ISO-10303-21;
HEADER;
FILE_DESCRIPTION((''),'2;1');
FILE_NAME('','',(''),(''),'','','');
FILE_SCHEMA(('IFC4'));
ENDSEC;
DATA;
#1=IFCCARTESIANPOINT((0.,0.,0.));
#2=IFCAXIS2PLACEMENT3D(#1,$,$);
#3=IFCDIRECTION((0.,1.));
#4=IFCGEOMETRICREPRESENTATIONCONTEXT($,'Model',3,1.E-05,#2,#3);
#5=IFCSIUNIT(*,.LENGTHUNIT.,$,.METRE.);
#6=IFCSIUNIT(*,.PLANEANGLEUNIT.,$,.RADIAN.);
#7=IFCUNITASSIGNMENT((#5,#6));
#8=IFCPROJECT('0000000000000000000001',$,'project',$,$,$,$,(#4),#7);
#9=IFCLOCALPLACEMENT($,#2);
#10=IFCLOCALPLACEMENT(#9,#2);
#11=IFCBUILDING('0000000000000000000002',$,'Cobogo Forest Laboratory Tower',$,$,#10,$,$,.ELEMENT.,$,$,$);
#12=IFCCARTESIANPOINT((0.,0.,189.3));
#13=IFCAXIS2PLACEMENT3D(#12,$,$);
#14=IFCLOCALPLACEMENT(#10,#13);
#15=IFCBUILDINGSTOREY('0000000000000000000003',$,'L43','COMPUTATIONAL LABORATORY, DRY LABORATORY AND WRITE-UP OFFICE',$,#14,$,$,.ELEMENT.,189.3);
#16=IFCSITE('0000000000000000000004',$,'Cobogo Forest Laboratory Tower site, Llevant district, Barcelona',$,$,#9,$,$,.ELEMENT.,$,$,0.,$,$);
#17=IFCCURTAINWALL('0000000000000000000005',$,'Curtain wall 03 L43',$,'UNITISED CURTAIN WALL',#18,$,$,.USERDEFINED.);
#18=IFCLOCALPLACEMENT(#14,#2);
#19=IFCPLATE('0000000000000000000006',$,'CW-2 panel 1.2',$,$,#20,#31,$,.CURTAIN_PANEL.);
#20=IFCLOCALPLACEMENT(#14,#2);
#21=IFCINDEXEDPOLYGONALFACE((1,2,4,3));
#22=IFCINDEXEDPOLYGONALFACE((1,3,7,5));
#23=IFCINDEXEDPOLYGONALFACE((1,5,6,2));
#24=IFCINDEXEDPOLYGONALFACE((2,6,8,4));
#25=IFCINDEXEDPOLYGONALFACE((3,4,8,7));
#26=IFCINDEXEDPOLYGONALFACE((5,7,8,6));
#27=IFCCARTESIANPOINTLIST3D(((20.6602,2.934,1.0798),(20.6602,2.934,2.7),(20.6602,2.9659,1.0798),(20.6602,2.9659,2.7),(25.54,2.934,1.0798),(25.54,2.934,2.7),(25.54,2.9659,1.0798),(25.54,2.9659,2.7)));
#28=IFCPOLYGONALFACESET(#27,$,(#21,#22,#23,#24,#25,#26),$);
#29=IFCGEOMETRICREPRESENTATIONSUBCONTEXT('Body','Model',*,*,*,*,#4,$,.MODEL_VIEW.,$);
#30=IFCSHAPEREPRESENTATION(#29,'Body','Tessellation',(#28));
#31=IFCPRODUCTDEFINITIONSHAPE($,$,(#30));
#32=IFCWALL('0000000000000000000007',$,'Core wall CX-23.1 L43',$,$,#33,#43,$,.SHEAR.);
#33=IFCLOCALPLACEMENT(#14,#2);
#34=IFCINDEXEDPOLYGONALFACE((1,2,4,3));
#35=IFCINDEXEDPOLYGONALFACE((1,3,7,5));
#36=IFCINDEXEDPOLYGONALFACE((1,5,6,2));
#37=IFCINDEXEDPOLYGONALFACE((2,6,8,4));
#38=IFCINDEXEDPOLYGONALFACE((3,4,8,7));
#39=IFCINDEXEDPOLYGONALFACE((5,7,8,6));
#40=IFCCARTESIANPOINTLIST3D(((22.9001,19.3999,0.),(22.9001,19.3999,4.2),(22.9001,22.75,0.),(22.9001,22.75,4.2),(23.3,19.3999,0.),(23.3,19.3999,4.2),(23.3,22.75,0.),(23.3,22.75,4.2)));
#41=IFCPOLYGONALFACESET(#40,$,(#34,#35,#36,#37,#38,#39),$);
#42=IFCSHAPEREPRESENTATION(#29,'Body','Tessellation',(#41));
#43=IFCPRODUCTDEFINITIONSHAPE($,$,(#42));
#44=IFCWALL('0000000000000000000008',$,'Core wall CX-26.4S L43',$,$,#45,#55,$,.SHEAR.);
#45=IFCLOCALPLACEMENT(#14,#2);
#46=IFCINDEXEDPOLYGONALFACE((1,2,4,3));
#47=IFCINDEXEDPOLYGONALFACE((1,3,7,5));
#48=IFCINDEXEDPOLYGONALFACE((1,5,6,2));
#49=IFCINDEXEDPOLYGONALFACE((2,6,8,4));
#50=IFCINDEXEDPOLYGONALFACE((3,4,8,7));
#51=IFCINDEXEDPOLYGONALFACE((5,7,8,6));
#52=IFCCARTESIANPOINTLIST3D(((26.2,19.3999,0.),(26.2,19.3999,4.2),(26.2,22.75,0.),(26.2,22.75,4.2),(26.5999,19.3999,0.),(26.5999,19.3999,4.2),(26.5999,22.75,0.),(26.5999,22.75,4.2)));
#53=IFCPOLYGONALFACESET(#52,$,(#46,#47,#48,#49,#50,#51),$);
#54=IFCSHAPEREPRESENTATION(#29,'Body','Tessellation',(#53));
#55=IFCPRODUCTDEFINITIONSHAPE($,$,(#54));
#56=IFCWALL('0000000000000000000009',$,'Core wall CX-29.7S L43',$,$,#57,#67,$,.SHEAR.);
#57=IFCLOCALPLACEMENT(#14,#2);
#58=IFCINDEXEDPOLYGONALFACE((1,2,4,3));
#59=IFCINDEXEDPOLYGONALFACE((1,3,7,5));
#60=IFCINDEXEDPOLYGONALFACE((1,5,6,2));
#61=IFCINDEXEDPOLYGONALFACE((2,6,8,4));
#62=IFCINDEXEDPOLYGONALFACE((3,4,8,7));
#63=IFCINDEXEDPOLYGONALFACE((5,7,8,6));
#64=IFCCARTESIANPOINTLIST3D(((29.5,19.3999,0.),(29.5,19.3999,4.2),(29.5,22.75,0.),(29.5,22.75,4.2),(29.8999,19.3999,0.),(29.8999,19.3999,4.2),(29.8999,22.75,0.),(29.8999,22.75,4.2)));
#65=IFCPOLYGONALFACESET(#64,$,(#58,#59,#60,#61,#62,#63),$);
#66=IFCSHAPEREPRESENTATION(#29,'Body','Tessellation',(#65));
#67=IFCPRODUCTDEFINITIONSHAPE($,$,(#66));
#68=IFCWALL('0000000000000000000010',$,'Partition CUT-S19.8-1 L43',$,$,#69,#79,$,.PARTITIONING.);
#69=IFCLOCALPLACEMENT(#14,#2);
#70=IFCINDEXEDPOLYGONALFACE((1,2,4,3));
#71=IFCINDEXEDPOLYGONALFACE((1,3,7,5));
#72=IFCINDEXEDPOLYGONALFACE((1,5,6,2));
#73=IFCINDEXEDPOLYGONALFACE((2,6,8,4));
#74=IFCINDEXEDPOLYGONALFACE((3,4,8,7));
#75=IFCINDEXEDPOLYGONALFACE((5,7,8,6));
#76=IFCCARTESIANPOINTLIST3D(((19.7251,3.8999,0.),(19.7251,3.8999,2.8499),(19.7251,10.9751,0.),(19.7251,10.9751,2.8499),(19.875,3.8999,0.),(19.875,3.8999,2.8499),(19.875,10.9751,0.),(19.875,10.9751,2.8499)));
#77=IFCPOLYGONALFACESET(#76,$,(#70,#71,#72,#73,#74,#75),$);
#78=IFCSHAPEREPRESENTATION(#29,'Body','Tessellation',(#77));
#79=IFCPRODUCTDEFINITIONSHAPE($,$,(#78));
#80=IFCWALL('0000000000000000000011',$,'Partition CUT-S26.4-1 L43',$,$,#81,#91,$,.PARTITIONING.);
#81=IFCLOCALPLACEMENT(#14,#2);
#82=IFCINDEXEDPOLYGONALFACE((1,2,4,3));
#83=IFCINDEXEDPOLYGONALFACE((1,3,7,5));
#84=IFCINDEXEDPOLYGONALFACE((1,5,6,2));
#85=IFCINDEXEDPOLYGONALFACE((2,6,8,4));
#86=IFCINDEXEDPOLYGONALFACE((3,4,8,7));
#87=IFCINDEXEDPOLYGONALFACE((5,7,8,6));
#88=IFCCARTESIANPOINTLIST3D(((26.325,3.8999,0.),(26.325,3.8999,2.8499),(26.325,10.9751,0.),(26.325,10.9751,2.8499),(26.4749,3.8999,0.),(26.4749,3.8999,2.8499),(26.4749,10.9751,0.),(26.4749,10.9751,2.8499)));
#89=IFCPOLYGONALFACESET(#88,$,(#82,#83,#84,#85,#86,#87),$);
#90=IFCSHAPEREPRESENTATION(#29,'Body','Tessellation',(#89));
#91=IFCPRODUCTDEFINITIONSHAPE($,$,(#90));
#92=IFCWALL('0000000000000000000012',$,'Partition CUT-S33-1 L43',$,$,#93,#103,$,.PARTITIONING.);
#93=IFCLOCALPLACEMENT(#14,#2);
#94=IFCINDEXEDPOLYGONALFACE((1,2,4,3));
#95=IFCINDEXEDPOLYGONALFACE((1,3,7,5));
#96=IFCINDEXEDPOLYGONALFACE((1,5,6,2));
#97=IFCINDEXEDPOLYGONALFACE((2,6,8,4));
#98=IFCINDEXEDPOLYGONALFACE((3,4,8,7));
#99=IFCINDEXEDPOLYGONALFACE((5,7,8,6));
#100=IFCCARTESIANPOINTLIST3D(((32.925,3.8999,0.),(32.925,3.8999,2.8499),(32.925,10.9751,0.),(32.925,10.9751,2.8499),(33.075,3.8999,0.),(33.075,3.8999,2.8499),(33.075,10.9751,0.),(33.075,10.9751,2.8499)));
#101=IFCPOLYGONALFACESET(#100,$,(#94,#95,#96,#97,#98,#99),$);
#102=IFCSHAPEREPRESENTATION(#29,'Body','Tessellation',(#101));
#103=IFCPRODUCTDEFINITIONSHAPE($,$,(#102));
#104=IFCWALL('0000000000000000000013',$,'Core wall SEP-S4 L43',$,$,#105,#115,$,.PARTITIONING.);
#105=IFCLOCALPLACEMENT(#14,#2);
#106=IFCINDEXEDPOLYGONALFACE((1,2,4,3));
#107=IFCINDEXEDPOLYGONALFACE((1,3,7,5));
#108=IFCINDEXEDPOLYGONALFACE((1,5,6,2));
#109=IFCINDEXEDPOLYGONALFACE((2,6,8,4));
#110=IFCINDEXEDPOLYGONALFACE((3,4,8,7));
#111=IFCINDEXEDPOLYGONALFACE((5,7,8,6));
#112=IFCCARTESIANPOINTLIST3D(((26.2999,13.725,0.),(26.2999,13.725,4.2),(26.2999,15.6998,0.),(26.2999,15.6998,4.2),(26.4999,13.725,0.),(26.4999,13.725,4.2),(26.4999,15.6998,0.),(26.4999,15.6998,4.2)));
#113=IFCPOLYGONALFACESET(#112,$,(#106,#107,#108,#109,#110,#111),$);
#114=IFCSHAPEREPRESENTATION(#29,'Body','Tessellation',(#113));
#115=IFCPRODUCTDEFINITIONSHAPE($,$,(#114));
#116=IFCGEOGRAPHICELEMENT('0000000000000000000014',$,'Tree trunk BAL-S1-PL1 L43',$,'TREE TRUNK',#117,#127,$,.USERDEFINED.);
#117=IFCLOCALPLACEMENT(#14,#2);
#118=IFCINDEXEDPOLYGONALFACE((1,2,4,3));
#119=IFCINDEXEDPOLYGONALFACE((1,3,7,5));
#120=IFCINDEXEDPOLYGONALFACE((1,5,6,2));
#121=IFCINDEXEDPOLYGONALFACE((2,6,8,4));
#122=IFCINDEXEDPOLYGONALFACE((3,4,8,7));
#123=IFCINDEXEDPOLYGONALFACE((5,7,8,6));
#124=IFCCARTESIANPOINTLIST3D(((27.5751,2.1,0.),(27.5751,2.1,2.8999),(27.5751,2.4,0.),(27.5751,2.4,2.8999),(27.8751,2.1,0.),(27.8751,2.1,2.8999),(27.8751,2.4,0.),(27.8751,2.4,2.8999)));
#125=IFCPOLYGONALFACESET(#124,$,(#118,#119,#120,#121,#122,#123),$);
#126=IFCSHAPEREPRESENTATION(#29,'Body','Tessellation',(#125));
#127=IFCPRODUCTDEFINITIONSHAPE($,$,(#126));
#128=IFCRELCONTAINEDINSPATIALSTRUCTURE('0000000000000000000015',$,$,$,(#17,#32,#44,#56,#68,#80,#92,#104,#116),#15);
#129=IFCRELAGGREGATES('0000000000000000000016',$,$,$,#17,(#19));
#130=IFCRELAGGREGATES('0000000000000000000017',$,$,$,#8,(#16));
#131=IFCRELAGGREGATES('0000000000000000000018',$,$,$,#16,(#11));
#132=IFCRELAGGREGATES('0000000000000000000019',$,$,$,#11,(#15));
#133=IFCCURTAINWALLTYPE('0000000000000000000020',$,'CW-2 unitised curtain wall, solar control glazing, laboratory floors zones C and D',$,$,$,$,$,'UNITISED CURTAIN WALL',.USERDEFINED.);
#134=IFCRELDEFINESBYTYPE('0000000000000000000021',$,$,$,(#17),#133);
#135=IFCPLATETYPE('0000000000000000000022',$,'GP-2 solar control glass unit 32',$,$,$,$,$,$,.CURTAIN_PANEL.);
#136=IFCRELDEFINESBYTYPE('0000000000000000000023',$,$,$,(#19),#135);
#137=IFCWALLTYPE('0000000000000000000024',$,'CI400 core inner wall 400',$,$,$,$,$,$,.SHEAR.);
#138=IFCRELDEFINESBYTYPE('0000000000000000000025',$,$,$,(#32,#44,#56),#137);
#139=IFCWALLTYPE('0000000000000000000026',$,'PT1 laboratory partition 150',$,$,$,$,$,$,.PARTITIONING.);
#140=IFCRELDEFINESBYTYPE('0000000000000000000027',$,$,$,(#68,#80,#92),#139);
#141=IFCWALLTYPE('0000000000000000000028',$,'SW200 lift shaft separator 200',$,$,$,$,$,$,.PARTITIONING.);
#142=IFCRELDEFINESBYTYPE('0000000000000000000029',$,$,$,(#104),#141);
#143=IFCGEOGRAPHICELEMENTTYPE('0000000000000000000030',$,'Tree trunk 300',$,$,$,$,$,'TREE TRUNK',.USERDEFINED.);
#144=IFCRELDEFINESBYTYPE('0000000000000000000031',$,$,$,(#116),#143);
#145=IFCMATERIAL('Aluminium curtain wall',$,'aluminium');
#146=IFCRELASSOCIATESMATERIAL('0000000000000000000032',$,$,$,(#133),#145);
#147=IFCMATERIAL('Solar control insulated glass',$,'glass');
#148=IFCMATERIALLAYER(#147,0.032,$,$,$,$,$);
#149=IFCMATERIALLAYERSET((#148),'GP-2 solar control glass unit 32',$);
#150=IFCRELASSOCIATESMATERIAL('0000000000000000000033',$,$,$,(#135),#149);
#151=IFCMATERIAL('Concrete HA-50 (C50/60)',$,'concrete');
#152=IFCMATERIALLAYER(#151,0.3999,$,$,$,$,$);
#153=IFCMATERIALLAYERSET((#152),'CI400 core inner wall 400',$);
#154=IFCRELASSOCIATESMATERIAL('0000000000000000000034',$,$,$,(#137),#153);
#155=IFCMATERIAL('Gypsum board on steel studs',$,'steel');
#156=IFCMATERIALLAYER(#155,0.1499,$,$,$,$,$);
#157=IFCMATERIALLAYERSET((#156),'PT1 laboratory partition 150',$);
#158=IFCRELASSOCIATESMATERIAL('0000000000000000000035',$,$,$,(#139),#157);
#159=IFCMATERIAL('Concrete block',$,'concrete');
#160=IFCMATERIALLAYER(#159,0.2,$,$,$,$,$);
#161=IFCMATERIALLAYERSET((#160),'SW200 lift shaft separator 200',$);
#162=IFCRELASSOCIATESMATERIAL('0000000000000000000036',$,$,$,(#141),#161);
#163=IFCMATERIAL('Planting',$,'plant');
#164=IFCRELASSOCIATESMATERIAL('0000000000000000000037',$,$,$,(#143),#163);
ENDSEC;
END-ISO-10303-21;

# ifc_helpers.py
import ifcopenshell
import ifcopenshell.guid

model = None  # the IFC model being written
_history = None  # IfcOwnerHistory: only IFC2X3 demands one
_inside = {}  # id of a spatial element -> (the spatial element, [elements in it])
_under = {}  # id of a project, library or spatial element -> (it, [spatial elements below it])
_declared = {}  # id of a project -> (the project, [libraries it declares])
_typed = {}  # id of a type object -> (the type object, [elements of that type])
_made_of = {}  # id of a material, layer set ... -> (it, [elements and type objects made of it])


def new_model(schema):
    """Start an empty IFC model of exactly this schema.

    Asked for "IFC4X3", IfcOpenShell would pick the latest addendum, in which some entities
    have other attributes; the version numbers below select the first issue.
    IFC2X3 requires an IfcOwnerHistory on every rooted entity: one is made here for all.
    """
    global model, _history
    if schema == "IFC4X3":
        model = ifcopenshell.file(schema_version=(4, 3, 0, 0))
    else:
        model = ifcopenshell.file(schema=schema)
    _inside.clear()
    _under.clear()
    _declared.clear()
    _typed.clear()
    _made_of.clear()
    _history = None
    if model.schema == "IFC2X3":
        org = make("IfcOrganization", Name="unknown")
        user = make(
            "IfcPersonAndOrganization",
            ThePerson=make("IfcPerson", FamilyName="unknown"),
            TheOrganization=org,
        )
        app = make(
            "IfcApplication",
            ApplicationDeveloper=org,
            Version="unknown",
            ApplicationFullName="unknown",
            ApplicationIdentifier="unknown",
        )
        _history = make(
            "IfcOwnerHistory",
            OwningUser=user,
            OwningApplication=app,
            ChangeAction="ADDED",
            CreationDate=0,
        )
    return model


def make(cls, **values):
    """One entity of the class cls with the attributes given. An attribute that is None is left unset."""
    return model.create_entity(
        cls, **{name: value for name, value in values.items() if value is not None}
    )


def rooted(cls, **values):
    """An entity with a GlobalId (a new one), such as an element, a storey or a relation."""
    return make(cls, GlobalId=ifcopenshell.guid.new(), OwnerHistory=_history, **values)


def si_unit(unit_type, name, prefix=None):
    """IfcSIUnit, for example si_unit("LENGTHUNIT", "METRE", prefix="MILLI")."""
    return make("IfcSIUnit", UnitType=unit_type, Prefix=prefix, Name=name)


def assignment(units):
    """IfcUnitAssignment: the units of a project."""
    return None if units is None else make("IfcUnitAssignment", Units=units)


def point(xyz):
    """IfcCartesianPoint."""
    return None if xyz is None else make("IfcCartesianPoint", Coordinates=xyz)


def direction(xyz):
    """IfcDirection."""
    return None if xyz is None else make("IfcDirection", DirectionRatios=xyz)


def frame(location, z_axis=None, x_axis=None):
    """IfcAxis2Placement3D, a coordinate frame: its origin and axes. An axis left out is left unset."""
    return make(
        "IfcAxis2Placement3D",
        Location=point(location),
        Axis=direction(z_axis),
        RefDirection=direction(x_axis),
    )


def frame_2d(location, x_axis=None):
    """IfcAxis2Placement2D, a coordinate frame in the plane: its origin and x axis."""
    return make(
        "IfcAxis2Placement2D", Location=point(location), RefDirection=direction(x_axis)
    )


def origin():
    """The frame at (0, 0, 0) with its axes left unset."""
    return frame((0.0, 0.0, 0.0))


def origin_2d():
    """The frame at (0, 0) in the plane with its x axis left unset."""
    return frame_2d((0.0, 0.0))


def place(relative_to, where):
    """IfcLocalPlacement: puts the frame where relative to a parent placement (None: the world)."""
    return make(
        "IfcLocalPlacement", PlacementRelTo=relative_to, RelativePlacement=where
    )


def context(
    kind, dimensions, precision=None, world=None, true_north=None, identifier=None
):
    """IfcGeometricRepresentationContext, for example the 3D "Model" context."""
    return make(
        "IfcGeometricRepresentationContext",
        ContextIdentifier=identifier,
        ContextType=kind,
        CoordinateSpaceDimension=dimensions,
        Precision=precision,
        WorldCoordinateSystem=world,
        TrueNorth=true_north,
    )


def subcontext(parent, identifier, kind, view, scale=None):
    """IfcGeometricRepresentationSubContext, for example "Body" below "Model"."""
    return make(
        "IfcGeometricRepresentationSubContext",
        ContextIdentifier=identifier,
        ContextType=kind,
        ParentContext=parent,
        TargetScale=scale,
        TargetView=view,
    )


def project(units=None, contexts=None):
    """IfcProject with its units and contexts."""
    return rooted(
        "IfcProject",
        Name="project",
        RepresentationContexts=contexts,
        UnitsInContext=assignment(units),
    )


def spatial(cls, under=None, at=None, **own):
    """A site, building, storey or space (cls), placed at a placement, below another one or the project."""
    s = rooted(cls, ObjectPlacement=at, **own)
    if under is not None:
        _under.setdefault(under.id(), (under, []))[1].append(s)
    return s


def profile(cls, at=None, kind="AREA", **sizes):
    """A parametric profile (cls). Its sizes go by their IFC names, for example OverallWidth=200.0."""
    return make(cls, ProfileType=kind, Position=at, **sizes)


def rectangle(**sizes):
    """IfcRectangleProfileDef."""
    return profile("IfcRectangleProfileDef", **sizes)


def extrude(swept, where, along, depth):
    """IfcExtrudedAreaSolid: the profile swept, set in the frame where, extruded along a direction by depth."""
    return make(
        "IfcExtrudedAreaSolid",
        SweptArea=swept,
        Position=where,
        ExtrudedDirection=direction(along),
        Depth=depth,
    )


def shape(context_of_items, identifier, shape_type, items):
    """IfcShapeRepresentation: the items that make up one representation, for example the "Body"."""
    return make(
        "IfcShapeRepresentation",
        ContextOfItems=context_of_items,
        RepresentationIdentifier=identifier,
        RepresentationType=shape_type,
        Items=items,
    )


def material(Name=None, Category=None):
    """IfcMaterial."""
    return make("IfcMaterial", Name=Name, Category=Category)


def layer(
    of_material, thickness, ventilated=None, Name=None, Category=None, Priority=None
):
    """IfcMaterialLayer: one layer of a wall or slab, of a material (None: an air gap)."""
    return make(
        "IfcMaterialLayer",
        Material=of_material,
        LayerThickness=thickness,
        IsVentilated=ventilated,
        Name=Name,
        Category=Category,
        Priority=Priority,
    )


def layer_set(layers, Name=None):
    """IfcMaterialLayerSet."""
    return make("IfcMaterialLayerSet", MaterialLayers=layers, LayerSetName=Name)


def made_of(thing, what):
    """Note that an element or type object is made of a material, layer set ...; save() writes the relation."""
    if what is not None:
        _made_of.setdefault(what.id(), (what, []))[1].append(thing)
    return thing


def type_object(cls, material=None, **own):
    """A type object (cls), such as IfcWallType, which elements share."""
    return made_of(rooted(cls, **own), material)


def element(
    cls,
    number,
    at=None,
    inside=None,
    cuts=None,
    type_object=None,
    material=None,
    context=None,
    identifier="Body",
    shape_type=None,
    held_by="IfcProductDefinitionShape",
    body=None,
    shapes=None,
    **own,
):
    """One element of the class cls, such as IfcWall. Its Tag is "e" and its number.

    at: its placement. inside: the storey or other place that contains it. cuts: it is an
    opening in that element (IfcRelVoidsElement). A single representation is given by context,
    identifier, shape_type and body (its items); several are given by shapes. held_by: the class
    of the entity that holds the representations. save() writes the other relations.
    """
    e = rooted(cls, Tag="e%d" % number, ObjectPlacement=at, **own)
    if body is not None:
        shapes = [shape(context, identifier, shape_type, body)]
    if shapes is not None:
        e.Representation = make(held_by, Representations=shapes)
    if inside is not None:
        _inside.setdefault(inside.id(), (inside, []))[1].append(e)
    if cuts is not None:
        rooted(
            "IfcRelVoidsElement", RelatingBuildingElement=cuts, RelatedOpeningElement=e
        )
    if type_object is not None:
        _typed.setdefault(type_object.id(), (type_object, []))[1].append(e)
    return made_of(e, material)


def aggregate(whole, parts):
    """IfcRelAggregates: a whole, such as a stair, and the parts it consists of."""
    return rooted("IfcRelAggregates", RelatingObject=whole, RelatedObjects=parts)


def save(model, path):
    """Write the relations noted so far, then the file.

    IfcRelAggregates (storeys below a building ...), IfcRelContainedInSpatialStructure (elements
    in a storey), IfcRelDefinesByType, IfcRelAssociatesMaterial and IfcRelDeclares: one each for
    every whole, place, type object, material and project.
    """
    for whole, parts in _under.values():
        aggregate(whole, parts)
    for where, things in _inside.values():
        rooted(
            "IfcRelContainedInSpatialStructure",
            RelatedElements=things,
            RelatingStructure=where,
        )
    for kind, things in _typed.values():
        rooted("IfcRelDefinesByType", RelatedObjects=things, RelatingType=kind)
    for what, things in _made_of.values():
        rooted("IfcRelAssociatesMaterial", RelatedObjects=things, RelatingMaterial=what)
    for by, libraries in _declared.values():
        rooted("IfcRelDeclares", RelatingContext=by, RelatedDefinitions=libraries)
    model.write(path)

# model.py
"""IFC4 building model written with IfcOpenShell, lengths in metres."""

from ifc_helpers import new_model, si_unit, direction, frame, frame_2d, origin, origin_2d, place, context, subcontext, project, spatial, rectangle, extrude, material, layer, layer_set, type_object, element, aggregate, save


model = new_model("IFC4")

# Units and contexts
model_context = context("Model", 3, precision=1e-05, world=origin(), true_north=direction((0.0, 1.0)))
body_context = subcontext(model_context, "Body", "Model", "MODEL_VIEW")
ifc_project = project(units=[si_unit("LENGTHUNIT", "METRE"), si_unit("PLANEANGLEUNIT", "RADIAN")], contexts=[model_context])

# Site, building, storey
site_placement = place(None, origin())
site = spatial("IfcSite", under=ifc_project, at=site_placement, Name="Cobogo Forest Laboratory Tower site, Llevant district, Barcelona", CompositionType="ELEMENT", RefElevation=0.0)
building_placement = place(site_placement, origin())
building = spatial("IfcBuilding", under=site, at=building_placement, Name="Cobogo Forest Laboratory Tower", CompositionType="ELEMENT")
storey_placement = place(building_placement, frame((0.0, 0.0, 189.3)))
storey = spatial("IfcBuildingStorey", under=building, at=storey_placement, Name="L43", Description="COMPUTATIONAL LABORATORY, DRY LABORATORY AND WRITE-UP OFFICE", CompositionType="ELEMENT", Elevation=189.3)

# Shared definitions
ifc_material_1 = material(Name="Concrete HA-50 (C50/60)", Category="concrete")

# Curtain wall
ifc_material_2 = material(Name="Aluminium curtain wall", Category="aluminium")
curtain_wall_type = type_object("IfcCurtainWallType", Name="CW-2 unitised curtain wall, solar control glazing, laboratory floors zones C and D", ElementType="UNITISED CURTAIN WALL", PredefinedType="USERDEFINED", material=ifc_material_2)
curtain_wall_placement = place(storey_placement, origin())
curtain_wall = element("IfcCurtainWall", 1, at=curtain_wall_placement, inside=storey, type_object=curtain_wall_type, Name="Curtain wall 03 L43", ObjectType="UNITISED CURTAIN WALL", PredefinedType="USERDEFINED")

# Plate
ifc_material_3 = material(Name="Solar control insulated glass", Category="glass")
ifc_layer_1 = layer(ifc_material_3, 0.032)
ifc_layer_set_1 = layer_set([ifc_layer_1], Name="GP-2 solar control glass unit 32")
plate_type_1 = type_object("IfcPlateType", Name="GP-2 solar control glass unit 32", PredefinedType="CURTAIN_PANEL", material=ifc_layer_set_1)
plate_1_placement = place(storey_placement, frame((23.1001, 2.95, 1.0798), z_axis=(0.0, 0.0, 1.0), x_axis=(1.0, 0.0, 0.0)))
plate_1 = element("IfcPlate", 2, at=plate_1_placement, type_object=plate_type_1, Name="CW-2 panel 1.2", PredefinedType="CURTAIN_PANEL", context=body_context, shape_type="SweptSolid", body=[
    extrude(rectangle(XDim=4.8799, YDim=0.032, at=origin_2d()), origin(), (0.0, 0.0, 1.0), 1.6201),
])
aggregate(curtain_wall, [plate_1])

# Walls
ifc_layer_2 = layer(ifc_material_1, 0.3999)
ifc_layer_set_2 = layer_set([ifc_layer_2], Name="CI400 core inner wall 400")
wall_type_1 = type_object("IfcWallType", Name="CI400 core inner wall 400", PredefinedType="SHEAR", material=ifc_layer_set_2)
for number, where, z_axis, x_axis, name in (
    (3, (23.1001, 19.3999, 0.0), (0.0, 0.0, 1.0), (0.0, 1.0, 0.0), "Core wall CX-23.1 L43"),
    (4, (26.3999, 19.3999, 0.0), (0.0, 0.0, 1.0), (0.0, 1.0, 0.0), "Core wall CX-26.4S L43"),
    (5, (29.7, 19.3999, 0.0), (0.0, 0.0, 1.0), (0.0, 1.0, 0.0), "Core wall CX-29.7S L43"),
):
    element("IfcWall", number, at=place(storey_placement, frame(where, z_axis=z_axis, x_axis=x_axis)), inside=storey, type_object=wall_type_1, Name=name, PredefinedType="SHEAR", context=body_context, shape_type="SweptSolid", body=[
        extrude(rectangle(XDim=3.3501, YDim=0.3999, at=frame_2d((1.675, 0.0))), origin(), (0.0, 0.0, 1.0), 4.2),
    ])

# Walls
ifc_material_4 = material(Name="Gypsum board on steel studs", Category="steel")
ifc_layer_3 = layer(ifc_material_4, 0.1499)
ifc_layer_set_3 = layer_set([ifc_layer_3], Name="PT1 laboratory partition 150")
wall_type_2 = type_object("IfcWallType", Name="PT1 laboratory partition 150", PredefinedType="PARTITIONING", material=ifc_layer_set_3)
for number, where, z_axis, x_axis, name in (
    (6, (19.8, 3.8999, 0.0), (0.0, 0.0, 1.0), (0.0, 1.0, 0.0), "Partition CUT-S19.8-1 L43"),
    (7, (26.3999, 3.8999, 0.0), (0.0, 0.0, 1.0), (0.0, 1.0, 0.0), "Partition CUT-S26.4-1 L43"),
    (8, (33.0, 3.8999, 0.0), (0.0, 0.0, 1.0), (0.0, 1.0, 0.0), "Partition CUT-S33-1 L43"),
):
    element("IfcWall", number, at=place(storey_placement, frame(where, z_axis=z_axis, x_axis=x_axis)), inside=storey, type_object=wall_type_2, Name=name, PredefinedType="PARTITIONING", context=body_context, shape_type="SweptSolid", body=[
        extrude(rectangle(XDim=7.0752, YDim=0.1499, at=frame_2d((3.5376, 0.0))), origin(), (0.0, 0.0, 1.0), 2.8499),
    ])
ifc_material_5 = material(Name="Concrete block", Category="concrete")
ifc_layer_4 = layer(ifc_material_5, 0.2)
ifc_layer_set_4 = layer_set([ifc_layer_4], Name="SW200 lift shaft separator 200")
wall_type_3 = type_object("IfcWallType", Name="SW200 lift shaft separator 200", PredefinedType="PARTITIONING", material=ifc_layer_set_4)
wall_1_placement = place(storey_placement, frame((26.3999, 13.7251, 0.0), z_axis=(0.0, 0.0, 1.0), x_axis=(0.0, 1.0, 0.0)))
element("IfcWall", 9, at=wall_1_placement, inside=storey, type_object=wall_type_3, Name="Core wall SEP-S4 L43", PredefinedType="PARTITIONING", context=body_context, shape_type="SweptSolid", body=[
    extrude(rectangle(XDim=1.9749, YDim=0.2, at=frame_2d((0.9873, 0.0))), origin(), (0.0, 0.0, 1.0), 4.2),
])

# Geographic element
ifc_material_6 = material(Name="Planting", Category="plant")
geographic_element_type = type_object("IfcGeographicElementType", Name="Tree trunk 300", ElementType="TREE TRUNK", PredefinedType="USERDEFINED", material=ifc_material_6)
geographic_element_placement = place(storey_placement, frame((27.7251, 2.25, 0.0), z_axis=(0.0, 0.0, 1.0), x_axis=(1.0, 0.0, 0.0)))
element("IfcGeographicElement", 10, at=geographic_element_placement, inside=storey, type_object=geographic_element_type, Name="Tree trunk BAL-S1-PL1 L43", ObjectType="TREE TRUNK", PredefinedType="USERDEFINED", context=body_context, shape_type="SweptSolid", body=[
    extrude(rectangle(XDim=0.3, YDim=0.3, at=origin_2d()), origin(), (0.0, 0.0, 1.0), 2.8999),
])

save(model, "model.ifc")
